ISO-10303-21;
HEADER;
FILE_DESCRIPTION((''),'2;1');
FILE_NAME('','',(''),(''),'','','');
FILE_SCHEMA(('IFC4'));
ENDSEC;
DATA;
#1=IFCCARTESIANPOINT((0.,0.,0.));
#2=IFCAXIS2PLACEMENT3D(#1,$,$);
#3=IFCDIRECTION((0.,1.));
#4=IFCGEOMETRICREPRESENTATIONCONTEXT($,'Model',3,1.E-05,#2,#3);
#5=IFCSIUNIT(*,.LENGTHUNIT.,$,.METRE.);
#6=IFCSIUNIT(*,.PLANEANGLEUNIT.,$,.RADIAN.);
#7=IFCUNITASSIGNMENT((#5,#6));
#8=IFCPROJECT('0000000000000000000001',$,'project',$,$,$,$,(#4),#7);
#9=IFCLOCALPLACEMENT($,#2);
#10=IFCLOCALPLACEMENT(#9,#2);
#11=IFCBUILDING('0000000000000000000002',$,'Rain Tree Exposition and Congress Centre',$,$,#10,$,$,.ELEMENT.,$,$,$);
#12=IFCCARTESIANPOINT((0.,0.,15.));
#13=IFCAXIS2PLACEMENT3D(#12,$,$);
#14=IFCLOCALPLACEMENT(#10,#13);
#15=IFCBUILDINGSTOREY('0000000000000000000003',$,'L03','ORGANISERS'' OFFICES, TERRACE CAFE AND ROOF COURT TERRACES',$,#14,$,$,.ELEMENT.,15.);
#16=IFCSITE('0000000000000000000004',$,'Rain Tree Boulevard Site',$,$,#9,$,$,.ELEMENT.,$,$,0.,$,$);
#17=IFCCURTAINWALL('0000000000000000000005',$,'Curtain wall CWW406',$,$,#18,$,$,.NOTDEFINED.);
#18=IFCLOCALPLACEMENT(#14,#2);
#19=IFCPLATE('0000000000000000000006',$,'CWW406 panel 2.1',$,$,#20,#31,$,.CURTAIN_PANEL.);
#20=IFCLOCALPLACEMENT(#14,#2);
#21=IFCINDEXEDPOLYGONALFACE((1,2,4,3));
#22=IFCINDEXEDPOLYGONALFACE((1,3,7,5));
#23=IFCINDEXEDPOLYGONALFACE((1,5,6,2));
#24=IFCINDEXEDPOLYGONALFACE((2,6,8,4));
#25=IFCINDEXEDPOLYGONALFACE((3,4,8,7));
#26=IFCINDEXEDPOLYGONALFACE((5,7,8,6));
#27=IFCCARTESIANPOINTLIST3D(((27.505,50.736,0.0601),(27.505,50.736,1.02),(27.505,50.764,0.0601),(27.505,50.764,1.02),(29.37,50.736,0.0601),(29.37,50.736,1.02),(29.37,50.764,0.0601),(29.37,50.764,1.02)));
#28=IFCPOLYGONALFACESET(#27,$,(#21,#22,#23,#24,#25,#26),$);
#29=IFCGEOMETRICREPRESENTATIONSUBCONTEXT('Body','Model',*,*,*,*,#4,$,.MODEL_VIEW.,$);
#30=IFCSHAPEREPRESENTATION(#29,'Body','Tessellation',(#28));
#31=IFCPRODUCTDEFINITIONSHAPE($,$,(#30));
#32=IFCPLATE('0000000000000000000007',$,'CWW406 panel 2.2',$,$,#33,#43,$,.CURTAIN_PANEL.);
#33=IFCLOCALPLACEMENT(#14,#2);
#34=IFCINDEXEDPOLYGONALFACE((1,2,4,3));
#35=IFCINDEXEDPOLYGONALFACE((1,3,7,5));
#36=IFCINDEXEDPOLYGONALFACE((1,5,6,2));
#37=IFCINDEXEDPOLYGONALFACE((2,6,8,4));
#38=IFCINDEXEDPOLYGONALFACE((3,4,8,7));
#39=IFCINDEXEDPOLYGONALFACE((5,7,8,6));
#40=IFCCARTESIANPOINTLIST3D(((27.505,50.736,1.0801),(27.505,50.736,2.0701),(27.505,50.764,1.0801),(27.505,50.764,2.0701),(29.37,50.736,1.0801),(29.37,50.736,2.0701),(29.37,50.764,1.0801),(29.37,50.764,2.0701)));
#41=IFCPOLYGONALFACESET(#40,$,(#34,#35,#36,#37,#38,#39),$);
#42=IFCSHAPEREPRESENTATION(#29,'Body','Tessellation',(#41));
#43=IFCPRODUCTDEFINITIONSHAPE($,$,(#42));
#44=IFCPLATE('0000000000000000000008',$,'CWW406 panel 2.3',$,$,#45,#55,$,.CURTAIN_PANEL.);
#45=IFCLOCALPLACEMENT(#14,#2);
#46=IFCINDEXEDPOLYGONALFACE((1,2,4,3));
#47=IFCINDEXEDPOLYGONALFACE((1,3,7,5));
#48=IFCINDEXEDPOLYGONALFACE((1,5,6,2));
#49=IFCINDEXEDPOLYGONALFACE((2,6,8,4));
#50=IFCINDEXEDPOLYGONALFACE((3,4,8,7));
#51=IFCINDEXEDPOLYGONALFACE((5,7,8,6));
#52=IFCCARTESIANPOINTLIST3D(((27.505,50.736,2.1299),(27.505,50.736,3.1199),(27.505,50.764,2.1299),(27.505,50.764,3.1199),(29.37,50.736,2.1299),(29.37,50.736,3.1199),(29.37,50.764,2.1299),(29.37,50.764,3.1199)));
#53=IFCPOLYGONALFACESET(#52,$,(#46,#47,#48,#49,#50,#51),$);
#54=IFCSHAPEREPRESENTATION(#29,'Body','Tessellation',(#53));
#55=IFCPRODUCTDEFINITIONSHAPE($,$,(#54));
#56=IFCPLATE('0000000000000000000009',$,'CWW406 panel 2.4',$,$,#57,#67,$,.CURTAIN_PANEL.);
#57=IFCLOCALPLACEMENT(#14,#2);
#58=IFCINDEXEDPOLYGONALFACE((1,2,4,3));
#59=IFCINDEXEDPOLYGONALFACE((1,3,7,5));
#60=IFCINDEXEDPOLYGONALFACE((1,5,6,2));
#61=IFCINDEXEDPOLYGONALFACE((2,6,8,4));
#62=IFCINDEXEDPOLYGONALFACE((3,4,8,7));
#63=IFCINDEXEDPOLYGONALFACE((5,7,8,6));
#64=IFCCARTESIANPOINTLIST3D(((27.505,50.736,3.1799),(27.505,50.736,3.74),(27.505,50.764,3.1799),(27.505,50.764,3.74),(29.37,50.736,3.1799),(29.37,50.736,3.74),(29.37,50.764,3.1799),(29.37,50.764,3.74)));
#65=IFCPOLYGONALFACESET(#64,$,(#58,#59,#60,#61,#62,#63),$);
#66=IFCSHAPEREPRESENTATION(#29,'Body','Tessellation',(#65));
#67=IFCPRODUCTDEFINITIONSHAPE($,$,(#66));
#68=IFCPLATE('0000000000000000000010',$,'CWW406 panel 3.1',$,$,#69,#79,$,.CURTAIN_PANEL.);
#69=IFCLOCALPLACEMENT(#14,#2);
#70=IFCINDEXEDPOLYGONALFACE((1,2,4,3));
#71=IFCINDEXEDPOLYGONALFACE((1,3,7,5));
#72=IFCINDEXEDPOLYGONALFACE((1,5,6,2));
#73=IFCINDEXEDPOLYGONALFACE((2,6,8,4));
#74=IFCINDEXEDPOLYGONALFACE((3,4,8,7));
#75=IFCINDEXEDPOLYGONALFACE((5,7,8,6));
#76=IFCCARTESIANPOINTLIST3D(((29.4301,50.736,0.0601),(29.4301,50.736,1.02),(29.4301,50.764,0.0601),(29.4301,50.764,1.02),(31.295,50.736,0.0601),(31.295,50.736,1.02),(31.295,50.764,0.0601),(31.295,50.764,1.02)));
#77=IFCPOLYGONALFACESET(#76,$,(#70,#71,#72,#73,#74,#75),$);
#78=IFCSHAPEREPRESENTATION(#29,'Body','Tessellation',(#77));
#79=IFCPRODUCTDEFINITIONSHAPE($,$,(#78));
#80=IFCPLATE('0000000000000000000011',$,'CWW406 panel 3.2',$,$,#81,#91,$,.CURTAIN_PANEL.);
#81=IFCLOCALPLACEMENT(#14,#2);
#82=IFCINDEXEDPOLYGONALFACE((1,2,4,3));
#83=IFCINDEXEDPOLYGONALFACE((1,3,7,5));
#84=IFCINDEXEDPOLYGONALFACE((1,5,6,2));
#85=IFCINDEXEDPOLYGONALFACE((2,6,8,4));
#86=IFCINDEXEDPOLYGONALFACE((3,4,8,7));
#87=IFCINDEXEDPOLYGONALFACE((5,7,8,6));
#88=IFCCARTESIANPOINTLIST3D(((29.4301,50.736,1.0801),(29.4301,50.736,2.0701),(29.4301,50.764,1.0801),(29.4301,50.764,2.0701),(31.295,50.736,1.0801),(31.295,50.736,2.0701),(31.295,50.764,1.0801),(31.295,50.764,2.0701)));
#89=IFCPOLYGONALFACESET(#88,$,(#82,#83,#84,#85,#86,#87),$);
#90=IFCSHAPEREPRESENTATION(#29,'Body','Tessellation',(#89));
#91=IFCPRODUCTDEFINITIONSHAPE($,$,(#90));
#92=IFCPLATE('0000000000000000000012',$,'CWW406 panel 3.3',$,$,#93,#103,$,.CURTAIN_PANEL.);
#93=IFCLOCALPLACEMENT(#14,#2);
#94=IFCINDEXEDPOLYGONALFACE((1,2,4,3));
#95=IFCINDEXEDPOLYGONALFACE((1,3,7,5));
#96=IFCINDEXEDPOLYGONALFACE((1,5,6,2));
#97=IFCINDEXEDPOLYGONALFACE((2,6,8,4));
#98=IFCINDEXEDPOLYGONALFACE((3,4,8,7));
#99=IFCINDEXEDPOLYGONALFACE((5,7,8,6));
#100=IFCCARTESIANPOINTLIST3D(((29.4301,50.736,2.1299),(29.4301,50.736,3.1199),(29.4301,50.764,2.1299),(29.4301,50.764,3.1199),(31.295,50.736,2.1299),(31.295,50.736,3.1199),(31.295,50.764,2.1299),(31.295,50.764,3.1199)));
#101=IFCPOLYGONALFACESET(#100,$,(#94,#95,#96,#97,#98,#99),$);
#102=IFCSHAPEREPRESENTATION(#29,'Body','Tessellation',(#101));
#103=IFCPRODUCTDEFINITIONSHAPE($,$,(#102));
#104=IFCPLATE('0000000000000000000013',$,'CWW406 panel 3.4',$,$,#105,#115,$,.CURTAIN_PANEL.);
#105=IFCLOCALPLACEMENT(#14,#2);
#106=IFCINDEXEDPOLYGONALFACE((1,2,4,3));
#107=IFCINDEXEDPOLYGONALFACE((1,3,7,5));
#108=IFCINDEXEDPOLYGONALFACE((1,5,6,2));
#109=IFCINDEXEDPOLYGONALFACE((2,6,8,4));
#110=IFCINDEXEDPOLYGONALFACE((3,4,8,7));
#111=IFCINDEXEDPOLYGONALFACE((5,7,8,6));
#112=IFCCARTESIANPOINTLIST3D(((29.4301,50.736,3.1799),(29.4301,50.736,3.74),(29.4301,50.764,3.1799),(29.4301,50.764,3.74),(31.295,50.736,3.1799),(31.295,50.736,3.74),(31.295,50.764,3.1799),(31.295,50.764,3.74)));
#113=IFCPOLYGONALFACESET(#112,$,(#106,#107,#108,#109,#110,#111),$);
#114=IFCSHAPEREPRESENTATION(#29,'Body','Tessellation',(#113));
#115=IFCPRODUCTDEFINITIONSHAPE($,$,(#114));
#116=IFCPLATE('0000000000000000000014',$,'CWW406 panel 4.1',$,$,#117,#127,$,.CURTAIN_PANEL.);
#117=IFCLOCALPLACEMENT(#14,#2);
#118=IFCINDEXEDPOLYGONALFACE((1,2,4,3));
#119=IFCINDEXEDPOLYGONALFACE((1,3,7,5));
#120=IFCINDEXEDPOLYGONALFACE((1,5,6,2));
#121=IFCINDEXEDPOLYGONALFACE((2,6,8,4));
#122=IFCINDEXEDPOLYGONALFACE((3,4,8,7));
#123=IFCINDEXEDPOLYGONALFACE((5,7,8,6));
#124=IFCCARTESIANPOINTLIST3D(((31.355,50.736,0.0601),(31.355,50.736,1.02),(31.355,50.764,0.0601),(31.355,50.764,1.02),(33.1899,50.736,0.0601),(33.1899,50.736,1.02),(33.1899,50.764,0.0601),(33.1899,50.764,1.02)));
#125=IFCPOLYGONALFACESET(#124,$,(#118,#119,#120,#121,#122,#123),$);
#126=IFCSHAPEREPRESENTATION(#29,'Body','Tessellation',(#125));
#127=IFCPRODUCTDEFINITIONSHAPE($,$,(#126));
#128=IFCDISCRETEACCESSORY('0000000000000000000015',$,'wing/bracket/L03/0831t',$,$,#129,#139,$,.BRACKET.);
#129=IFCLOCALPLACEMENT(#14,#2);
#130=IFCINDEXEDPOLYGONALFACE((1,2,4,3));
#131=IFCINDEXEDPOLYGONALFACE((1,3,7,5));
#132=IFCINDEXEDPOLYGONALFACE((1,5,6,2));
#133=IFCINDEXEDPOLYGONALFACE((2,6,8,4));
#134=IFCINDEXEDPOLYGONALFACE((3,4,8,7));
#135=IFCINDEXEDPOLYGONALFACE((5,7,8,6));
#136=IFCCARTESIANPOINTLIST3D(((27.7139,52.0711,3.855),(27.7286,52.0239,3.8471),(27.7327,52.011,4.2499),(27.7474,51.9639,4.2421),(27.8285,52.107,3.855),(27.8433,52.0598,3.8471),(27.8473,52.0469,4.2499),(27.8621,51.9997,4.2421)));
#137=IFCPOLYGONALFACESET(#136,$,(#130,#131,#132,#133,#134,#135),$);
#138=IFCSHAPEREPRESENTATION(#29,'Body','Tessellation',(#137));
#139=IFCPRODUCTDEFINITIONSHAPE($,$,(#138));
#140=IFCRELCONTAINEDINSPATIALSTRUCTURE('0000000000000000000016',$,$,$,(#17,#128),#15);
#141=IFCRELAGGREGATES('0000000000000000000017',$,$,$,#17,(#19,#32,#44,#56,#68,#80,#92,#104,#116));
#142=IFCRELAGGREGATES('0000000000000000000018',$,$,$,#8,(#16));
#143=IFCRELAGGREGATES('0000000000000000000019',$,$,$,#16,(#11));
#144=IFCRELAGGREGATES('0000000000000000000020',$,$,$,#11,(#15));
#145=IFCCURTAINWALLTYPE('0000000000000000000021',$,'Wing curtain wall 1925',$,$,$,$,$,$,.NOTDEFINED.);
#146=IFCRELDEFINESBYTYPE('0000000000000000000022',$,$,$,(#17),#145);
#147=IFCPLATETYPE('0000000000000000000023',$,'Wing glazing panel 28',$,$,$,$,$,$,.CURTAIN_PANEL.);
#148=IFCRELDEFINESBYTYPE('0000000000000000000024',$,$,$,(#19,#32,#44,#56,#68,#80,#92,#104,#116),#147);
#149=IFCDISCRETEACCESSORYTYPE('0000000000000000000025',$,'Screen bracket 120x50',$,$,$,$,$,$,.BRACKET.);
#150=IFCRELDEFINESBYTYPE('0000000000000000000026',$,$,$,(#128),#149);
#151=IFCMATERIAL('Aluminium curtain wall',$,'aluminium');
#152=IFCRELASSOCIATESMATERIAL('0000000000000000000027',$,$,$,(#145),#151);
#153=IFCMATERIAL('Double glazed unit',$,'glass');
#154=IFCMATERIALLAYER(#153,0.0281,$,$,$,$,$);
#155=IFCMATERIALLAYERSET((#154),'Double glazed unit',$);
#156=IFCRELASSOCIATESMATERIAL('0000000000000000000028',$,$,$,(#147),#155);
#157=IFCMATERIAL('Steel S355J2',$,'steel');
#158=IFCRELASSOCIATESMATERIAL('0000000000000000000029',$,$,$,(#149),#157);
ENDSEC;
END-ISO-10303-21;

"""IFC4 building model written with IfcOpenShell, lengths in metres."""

from ifc_helpers import new_model, si_unit, direction, frame, origin, origin_2d, place, context, subcontext, project, spatial, rectangle, extrude, material, layer, layer_set, material_profile, profile_set, type_object, element, aggregate, save


model = new_model("IFC4")

# Units and contexts
model_context = context("Model", 3, precision=1e-05, world=origin(), true_north=direction((0.0, 1.0)))
body_context = subcontext(model_context, "Body", "Model", "MODEL_VIEW")
ifc_project = project(units=[si_unit("LENGTHUNIT", "METRE"), si_unit("PLANEANGLEUNIT", "RADIAN")], contexts=[model_context])

# Site, building, storey
site_placement = place(None, origin())
site = spatial("IfcSite", under=ifc_project, at=site_placement, Name="Rain Tree Boulevard Site", CompositionType="ELEMENT", RefElevation=0.0)
building_placement = place(site_placement, origin())
building = spatial("IfcBuilding", under=site, at=building_placement, Name="Rain Tree Exposition and Congress Centre", CompositionType="ELEMENT")
storey_placement = place(building_placement, frame((0.0, 0.0, 15.0)))
storey = spatial("IfcBuildingStorey", under=building, at=storey_placement, Name="L03", Description="ORGANISERS' OFFICES, TERRACE CAFE AND ROOF COURT TERRACES", CompositionType="ELEMENT", Elevation=15.0)

# Curtain wall, plates
ifc_material_1 = material(Name="Aluminium curtain wall", Category="aluminium")
curtain_wall_type = type_object("IfcCurtainWallType", Name="Wing curtain wall 1925", PredefinedType="NOTDEFINED", material=ifc_material_1)
curtain_wall_placement = place(storey_placement, origin())
curtain_wall = element("IfcCurtainWall", 1, at=curtain_wall_placement, inside=storey, type_object=curtain_wall_type, Name="Curtain wall CWW406", PredefinedType="NOTDEFINED")
ifc_material_2 = material(Name="Double glazed unit", Category="glass")
ifc_layer = layer(ifc_material_2, 0.0281)
ifc_layer_set = layer_set([ifc_layer], Name="Double glazed unit")
plate_type = type_object("IfcPlateType", Name="Wing glazing panel 28", PredefinedType="CURTAIN_PANEL", material=ifc_layer_set)
plate_1_placement = place(storey_placement, frame((28.4375, 50.75, 0.0601), z_axis=(0.0, 0.0, 1.0), x_axis=(1.0, 0.0, 0.0)))
plate_1 = element("IfcPlate", 2, at=plate_1_placement, type_object=plate_type, Name="CWW406 panel 2.1", PredefinedType="CURTAIN_PANEL", context=body_context, shape_type="SweptSolid", body=[
    extrude(rectangle(XDim=1.865, YDim=0.0281, at=origin_2d()), origin(), (0.0, 0.0, 1.0), 0.96),
])
plate_2_placement = place(storey_placement, frame((28.4375, 50.75, 1.0801), z_axis=(0.0, 0.0, 1.0), x_axis=(1.0, 0.0, 0.0)))
plate_2 = element("IfcPlate", 3, at=plate_2_placement, type_object=plate_type, Name="CWW406 panel 2.2", PredefinedType="CURTAIN_PANEL", context=body_context, shape_type="SweptSolid", body=[
    extrude(rectangle(XDim=1.865, YDim=0.0281, at=origin_2d()), origin(), (0.0, 0.0, 1.0), 0.99),
])
plate_3_placement = place(storey_placement, frame((28.4375, 50.75, 2.1299), z_axis=(0.0, 0.0, 1.0), x_axis=(1.0, 0.0, 0.0)))
plate_3 = element("IfcPlate", 4, at=plate_3_placement, type_object=plate_type, Name="CWW406 panel 2.3", PredefinedType="CURTAIN_PANEL", context=body_context, shape_type="SweptSolid", body=[
    extrude(rectangle(XDim=1.865, YDim=0.0281, at=origin_2d()), origin(), (0.0, 0.0, 1.0), 0.99),
])
plate_4_placement = place(storey_placement, frame((28.4375, 50.75, 3.1799), z_axis=(0.0, 0.0, 1.0), x_axis=(1.0, 0.0, 0.0)))
plate_4 = element("IfcPlate", 5, at=plate_4_placement, type_object=plate_type, Name="CWW406 panel 2.4", PredefinedType="CURTAIN_PANEL", context=body_context, shape_type="SweptSolid", body=[
    extrude(rectangle(XDim=1.865, YDim=0.0281, at=origin_2d()), origin(), (0.0, 0.0, 1.0), 0.5601),
])
plate_5_placement = place(storey_placement, frame((30.3625, 50.75, 0.0601), z_axis=(0.0, 0.0, 1.0), x_axis=(1.0, 0.0, 0.0)))
plate_5 = element("IfcPlate", 6, at=plate_5_placement, type_object=plate_type, Name="CWW406 panel 3.1", PredefinedType="CURTAIN_PANEL", context=body_context, shape_type="SweptSolid", body=[
    extrude(rectangle(XDim=1.865, YDim=0.0281, at=origin_2d()), origin(), (0.0, 0.0, 1.0), 0.96),
])
plate_6_placement = place(storey_placement, frame((30.3625, 50.75, 1.0801), z_axis=(0.0, 0.0, 1.0), x_axis=(1.0, 0.0, 0.0)))
plate_6 = element("IfcPlate", 7, at=plate_6_placement, type_object=plate_type, Name="CWW406 panel 3.2", PredefinedType="CURTAIN_PANEL", context=body_context, shape_type="SweptSolid", body=[
    extrude(rectangle(XDim=1.865, YDim=0.0281, at=origin_2d()), origin(), (0.0, 0.0, 1.0), 0.99),
])
plate_7_placement = place(storey_placement, frame((30.3625, 50.75, 2.1299), z_axis=(0.0, 0.0, 1.0), x_axis=(1.0, 0.0, 0.0)))
plate_7 = element("IfcPlate", 8, at=plate_7_placement, type_object=plate_type, Name="CWW406 panel 3.3", PredefinedType="CURTAIN_PANEL", context=body_context, shape_type="SweptSolid", body=[
    extrude(rectangle(XDim=1.865, YDim=0.0281, at=origin_2d()), origin(), (0.0, 0.0, 1.0), 0.99),
])
plate_8_placement = place(storey_placement, frame((30.3625, 50.75, 3.1799), z_axis=(0.0, 0.0, 1.0), x_axis=(1.0, 0.0, 0.0)))
plate_8 = element("IfcPlate", 9, at=plate_8_placement, type_object=plate_type, Name="CWW406 panel 3.4", PredefinedType="CURTAIN_PANEL", context=body_context, shape_type="SweptSolid", body=[
    extrude(rectangle(XDim=1.865, YDim=0.0281, at=origin_2d()), origin(), (0.0, 0.0, 1.0), 0.5601),
])
plate_9_placement = place(storey_placement, frame((32.2725, 50.75, 0.0601), z_axis=(0.0, 0.0, 1.0), x_axis=(1.0, 0.0, 0.0)))
plate_9 = element("IfcPlate", 10, at=plate_9_placement, type_object=plate_type, Name="CWW406 panel 4.1", PredefinedType="CURTAIN_PANEL", context=body_context, shape_type="SweptSolid", body=[
    extrude(rectangle(XDim=1.835, YDim=0.0281, at=origin_2d()), origin(), (0.0, 0.0, 1.0), 0.96),
])
aggregate(curtain_wall, [plate_1, plate_2, plate_3, plate_4, plate_5, plate_6, plate_7, plate_8, plate_9])

# Discrete accessory
ifc_material_3 = material(Name="Steel S355J2", Category="steel")
ifc_material_profile_1 = material_profile(ifc_material_3, rectangle(XDim=0.1201, YDim=0.05, at=origin_2d()), Name="Flat bar 120x50")
ifc_profile_set_1 = profile_set([ifc_material_profile_1], Name="Steel S355J2")
discrete_accessory_type = type_object("IfcDiscreteAccessoryType", Name="Screen bracket 120x50", PredefinedType="BRACKET", material=ifc_profile_set_1)
discrete_accessory_placement = place(storey_placement, frame((27.7786, 52.0654, 3.8511), z_axis=(0.046997, -0.150146, 0.987546), x_axis=(0.954342, 0.298717, 0.0)))
element("IfcDiscreteAccessory", 11, at=discrete_accessory_placement, inside=storey, type_object=discrete_accessory_type, Name="wing/bracket/L03/0831t", PredefinedType="BRACKET", context=body_context, shape_type="SweptSolid", body=[
    extrude(rectangle(XDim=0.1201, YDim=0.05, at=origin_2d()), origin(), (0.0, 0.0, 1.0), 0.3999),
])

save(model, "model.ifc")
